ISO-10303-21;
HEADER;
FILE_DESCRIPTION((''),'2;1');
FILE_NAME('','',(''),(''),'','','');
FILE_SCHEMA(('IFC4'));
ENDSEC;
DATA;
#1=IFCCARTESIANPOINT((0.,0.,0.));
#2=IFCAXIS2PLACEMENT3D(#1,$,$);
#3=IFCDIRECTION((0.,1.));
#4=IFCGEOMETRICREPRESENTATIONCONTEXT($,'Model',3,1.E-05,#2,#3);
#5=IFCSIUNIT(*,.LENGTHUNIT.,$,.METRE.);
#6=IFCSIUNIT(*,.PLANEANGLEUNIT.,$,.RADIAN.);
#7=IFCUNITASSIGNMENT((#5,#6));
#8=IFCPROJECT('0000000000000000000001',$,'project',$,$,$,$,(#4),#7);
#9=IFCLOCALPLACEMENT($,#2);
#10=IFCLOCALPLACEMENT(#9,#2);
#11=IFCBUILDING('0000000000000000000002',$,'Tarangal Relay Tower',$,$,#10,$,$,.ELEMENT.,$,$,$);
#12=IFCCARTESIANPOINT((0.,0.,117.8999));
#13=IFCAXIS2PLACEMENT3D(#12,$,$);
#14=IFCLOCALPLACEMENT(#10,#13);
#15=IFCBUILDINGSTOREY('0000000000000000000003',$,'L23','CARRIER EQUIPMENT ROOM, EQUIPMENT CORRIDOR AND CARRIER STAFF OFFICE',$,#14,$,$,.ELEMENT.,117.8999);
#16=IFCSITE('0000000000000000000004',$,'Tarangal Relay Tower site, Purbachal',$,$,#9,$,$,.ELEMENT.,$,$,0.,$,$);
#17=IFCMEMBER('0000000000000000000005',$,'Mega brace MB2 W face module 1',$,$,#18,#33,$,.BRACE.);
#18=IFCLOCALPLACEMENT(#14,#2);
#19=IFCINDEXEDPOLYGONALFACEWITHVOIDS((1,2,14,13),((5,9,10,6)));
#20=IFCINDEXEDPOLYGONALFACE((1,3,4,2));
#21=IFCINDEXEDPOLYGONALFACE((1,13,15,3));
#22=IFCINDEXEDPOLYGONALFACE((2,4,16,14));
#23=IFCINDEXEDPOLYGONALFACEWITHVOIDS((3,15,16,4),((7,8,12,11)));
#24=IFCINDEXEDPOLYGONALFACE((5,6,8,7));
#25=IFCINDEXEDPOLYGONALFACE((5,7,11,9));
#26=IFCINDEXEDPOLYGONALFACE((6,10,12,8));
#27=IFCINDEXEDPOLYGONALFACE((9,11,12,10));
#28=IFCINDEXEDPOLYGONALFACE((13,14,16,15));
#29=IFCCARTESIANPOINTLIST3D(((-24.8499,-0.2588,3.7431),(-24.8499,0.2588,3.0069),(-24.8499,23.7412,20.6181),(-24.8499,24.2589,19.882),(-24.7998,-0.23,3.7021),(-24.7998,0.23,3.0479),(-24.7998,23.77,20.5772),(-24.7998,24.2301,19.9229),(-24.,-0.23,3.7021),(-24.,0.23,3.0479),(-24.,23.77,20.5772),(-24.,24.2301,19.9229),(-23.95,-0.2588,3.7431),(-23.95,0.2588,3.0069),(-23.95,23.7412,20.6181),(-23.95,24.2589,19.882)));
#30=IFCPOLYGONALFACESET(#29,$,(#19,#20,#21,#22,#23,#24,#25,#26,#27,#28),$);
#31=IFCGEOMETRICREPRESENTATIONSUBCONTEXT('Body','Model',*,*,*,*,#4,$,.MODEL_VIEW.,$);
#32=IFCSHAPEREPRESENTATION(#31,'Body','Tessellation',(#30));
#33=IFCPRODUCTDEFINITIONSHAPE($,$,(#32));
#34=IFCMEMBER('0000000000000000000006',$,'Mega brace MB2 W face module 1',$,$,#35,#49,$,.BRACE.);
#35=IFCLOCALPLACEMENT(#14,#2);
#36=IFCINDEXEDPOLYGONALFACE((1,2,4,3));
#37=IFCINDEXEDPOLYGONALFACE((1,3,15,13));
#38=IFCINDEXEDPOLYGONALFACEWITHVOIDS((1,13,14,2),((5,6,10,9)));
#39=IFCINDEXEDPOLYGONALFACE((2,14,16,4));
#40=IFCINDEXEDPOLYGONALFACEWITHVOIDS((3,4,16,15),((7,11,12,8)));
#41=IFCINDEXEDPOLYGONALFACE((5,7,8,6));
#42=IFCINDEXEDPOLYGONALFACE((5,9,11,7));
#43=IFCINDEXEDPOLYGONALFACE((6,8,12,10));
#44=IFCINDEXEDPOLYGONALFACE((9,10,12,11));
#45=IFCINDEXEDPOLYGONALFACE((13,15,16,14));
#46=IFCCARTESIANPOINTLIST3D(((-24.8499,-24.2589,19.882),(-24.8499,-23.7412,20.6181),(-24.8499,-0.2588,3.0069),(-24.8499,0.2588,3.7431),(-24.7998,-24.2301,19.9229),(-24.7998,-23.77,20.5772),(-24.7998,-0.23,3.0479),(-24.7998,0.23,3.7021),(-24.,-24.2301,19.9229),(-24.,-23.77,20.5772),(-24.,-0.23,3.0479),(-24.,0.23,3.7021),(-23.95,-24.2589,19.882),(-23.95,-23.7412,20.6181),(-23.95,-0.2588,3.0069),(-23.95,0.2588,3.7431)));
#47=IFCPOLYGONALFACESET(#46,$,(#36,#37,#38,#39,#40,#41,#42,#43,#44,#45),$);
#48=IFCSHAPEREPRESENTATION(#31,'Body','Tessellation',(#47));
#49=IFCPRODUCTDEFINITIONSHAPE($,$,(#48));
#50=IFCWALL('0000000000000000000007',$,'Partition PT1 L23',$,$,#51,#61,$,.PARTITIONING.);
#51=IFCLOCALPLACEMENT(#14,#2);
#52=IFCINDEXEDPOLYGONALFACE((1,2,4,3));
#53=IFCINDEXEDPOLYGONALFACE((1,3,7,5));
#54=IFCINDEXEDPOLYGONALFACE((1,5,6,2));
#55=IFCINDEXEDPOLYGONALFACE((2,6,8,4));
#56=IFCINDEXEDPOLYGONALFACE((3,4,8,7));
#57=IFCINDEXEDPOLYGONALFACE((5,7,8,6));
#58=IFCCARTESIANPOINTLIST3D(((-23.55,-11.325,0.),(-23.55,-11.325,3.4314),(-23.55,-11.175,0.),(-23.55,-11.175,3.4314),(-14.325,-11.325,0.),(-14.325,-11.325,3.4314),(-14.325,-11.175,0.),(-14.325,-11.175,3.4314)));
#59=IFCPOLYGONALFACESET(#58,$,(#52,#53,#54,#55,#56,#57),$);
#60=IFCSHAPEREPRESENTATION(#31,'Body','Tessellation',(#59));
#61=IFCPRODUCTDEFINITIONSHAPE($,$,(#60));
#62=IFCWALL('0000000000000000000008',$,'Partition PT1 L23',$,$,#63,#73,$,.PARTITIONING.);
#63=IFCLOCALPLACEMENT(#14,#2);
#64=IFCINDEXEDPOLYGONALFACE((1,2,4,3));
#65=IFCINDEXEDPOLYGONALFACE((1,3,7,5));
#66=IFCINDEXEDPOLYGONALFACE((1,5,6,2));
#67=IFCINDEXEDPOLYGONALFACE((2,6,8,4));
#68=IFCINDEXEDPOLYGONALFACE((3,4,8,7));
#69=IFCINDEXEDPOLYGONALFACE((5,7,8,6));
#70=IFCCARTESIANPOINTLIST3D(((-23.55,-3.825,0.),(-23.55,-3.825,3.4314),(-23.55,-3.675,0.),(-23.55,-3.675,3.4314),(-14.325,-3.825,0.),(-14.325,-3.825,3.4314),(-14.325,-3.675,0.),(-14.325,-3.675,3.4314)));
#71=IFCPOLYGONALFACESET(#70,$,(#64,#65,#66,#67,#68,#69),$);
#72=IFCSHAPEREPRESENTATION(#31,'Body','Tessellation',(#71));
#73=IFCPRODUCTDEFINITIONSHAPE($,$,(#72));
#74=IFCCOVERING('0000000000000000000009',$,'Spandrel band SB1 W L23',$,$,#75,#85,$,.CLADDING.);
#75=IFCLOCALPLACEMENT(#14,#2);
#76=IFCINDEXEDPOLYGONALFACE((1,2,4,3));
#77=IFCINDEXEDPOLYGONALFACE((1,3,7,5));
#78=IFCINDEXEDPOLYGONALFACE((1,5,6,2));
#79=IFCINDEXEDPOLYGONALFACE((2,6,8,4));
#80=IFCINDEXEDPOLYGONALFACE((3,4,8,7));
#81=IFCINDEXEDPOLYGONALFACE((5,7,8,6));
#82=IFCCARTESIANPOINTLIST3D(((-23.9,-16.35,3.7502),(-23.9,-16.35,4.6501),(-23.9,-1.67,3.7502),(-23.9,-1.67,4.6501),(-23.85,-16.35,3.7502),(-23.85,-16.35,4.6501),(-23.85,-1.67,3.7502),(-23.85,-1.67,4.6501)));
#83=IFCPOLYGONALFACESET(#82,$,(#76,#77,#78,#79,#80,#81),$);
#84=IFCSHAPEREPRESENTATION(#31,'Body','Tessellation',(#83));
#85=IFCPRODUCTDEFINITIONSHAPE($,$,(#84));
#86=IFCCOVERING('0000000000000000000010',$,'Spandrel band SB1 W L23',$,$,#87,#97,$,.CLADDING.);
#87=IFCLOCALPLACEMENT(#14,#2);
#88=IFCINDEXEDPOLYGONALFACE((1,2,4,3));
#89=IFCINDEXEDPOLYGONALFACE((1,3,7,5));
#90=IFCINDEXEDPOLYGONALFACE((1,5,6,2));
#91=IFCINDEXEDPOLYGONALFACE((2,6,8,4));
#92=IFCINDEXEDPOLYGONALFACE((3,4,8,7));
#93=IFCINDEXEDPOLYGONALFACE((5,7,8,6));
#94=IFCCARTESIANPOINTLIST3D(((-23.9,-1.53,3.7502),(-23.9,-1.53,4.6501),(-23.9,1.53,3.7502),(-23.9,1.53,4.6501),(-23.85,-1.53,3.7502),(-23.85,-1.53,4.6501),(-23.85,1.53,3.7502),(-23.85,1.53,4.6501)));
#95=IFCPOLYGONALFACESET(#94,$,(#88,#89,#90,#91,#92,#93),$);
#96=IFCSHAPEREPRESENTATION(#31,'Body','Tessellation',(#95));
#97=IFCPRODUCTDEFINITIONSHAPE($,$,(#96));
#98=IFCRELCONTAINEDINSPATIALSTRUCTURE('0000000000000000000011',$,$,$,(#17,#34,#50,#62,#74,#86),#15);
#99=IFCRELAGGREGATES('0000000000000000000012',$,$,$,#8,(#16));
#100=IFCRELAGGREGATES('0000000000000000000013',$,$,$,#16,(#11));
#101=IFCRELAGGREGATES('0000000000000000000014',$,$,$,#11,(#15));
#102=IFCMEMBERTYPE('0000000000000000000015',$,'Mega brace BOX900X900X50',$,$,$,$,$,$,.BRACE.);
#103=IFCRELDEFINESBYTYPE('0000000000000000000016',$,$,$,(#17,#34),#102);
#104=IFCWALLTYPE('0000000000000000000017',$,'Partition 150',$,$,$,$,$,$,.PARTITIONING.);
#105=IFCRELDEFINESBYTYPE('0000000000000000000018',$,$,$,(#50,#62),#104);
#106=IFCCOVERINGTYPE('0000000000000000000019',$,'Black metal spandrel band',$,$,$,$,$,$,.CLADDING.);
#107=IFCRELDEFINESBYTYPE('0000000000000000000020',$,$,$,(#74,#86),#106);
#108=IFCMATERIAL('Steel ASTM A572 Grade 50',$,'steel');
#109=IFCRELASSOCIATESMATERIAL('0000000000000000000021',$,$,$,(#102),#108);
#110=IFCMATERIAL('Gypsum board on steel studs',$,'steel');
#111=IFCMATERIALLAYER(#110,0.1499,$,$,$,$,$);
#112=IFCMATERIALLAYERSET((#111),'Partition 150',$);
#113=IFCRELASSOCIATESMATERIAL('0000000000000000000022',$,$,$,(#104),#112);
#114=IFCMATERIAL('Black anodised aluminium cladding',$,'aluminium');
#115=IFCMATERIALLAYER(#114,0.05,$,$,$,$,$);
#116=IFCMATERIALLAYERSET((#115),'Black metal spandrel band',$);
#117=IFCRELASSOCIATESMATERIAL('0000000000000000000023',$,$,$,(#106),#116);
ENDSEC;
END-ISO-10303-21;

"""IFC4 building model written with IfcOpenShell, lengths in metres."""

from ifc_helpers import new_model, si_unit, direction, frame, frame_2d, origin, origin_2d, place, context, subcontext, project, spatial, rectangle, hollow_rectangle, extrude, material, layer, layer_set, material_profile, profile_set, type_object, element, save


model = new_model("IFC4")

# Units and contexts
model_context = context("Model", 3, precision=1e-05, world=origin(), true_north=direction((0.0, 1.0)))
body_context = subcontext(model_context, "Body", "Model", "MODEL_VIEW")
ifc_project = project(units=[si_unit("LENGTHUNIT", "METRE"), si_unit("PLANEANGLEUNIT", "RADIAN")], contexts=[model_context])

# Site, building, storey
site_placement = place(None, origin())
site = spatial("IfcSite", under=ifc_project, at=site_placement, Name="Tarangal Relay Tower site, Purbachal", CompositionType="ELEMENT", RefElevation=0.0)
building_placement = place(site_placement, origin())
building = spatial("IfcBuilding", under=site, at=building_placement, Name="Tarangal Relay Tower", CompositionType="ELEMENT")
storey_placement = place(building_placement, frame((0.0, 0.0, 117.8999)))
storey = spatial("IfcBuildingStorey", under=building, at=storey_placement, Name="L23", Description="CARRIER EQUIPMENT ROOM, EQUIPMENT CORRIDOR AND CARRIER STAFF OFFICE", CompositionType="ELEMENT", Elevation=117.8999)

# Shared definitions
ifc_material_1 = material(Name="Steel ASTM A572 Grade 50", Category="steel")

# Members
ifc_material_profile_1 = material_profile(ifc_material_1, hollow_rectangle(XDim=0.8999, YDim=0.8999, WallThickness=0.05, at=origin_2d()), Name="BOX900X900X50")
ifc_profile_set_1 = profile_set([ifc_material_profile_1], Name="Steel ASTM A572 Grade 50")
member_type = type_object("IfcMemberType", Name="Mega brace BOX900X900X50", PredefinedType="BRACE", material=ifc_profile_set_1)
for number, where, z_axis, x_axis, name in (
    (1, (-24.3999, 0.0, 3.375), (0.0, 0.818029, 0.575177), (-1.0, 0.0, 0.0), "Mega brace MB2 W face module 1"),
    (2, (-24.3999, 0.0, 3.375), (0.0, -0.818029, 0.575177), (1.0, 0.0, 0.0), "Mega brace MB2 W face module 1"),
):
    element("IfcMember", number, at=place(storey_placement, frame(where, z_axis=z_axis, x_axis=x_axis)), inside=storey, type_object=member_type, Name=name, PredefinedType="BRACE", context=body_context, shape_type="SweptSolid", body=[
        extrude(hollow_rectangle(XDim=0.8999, YDim=0.8999, WallThickness=0.05, at=origin_2d()), origin(), (0.0, 0.0, 1.0), 29.3389),
    ])

# Walls
ifc_material_2 = material(Name="Gypsum board on steel studs", Category="steel")
ifc_layer_1 = layer(ifc_material_2, 0.1499)
ifc_layer_set_1 = layer_set([ifc_layer_1], Name="Partition 150")
wall_type = type_object("IfcWallType", Name="Partition 150", PredefinedType="PARTITIONING", material=ifc_layer_set_1)
for number, where, z_axis, x_axis, name in (
    (3, (-23.55, -11.25, 0.0), (0.0, 0.0, 1.0), (1.0, 0.0, 0.0), "Partition PT1 L23"),
    (4, (-23.55, -3.75, 0.0), (0.0, 0.0, 1.0), (1.0, 0.0, 0.0), "Partition PT1 L23"),
):
    element("IfcWall", number, at=place(storey_placement, frame(where, z_axis=z_axis, x_axis=x_axis)), inside=storey, type_object=wall_type, Name=name, PredefinedType="PARTITIONING", context=body_context, shape_type="SweptSolid", body=[
        extrude(rectangle(XDim=9.2251, YDim=0.1499, at=frame_2d((4.6125, 0.0))), origin(), (0.0, 0.0, 1.0), 3.4314),
    ])

# Coverings
ifc_material_3 = material(Name="Black anodised aluminium cladding", Category="aluminium")
ifc_layer_2 = layer(ifc_material_3, 0.05)
ifc_layer_set_2 = layer_set([ifc_layer_2], Name="Black metal spandrel band")
covering_type = type_object("IfcCoveringType", Name="Black metal spandrel band", PredefinedType="CLADDING", material=ifc_layer_set_2)
covering_1_placement = place(storey_placement, frame((-23.875, -9.01, 3.7502), z_axis=(0.0, 0.0, 1.0), x_axis=(0.0, 1.0, 0.0)))
element("IfcCovering", 5, at=covering_1_placement, inside=storey, type_object=covering_type, Name="Spandrel band SB1 W L23", PredefinedType="CLADDING", context=body_context, shape_type="SweptSolid", body=[
    extrude(rectangle(XDim=14.6799, YDim=0.05, at=origin_2d()), origin(), (0.0, 0.0, 1.0), 0.8999),
])
covering_2_placement = place(storey_placement, frame((-23.875, 0.0, 3.7502), z_axis=(0.0, 0.0, 1.0), x_axis=(0.0, 1.0, 0.0)))
element("IfcCovering", 6, at=covering_2_placement, inside=storey, type_object=covering_type, Name="Spandrel band SB1 W L23", PredefinedType="CLADDING", context=body_context, shape_type="SweptSolid", body=[
    extrude(rectangle(XDim=3.0601, YDim=0.05, at=origin_2d()), origin(), (0.0, 0.0, 1.0), 0.8999),
])

save(model, "model.ifc")
